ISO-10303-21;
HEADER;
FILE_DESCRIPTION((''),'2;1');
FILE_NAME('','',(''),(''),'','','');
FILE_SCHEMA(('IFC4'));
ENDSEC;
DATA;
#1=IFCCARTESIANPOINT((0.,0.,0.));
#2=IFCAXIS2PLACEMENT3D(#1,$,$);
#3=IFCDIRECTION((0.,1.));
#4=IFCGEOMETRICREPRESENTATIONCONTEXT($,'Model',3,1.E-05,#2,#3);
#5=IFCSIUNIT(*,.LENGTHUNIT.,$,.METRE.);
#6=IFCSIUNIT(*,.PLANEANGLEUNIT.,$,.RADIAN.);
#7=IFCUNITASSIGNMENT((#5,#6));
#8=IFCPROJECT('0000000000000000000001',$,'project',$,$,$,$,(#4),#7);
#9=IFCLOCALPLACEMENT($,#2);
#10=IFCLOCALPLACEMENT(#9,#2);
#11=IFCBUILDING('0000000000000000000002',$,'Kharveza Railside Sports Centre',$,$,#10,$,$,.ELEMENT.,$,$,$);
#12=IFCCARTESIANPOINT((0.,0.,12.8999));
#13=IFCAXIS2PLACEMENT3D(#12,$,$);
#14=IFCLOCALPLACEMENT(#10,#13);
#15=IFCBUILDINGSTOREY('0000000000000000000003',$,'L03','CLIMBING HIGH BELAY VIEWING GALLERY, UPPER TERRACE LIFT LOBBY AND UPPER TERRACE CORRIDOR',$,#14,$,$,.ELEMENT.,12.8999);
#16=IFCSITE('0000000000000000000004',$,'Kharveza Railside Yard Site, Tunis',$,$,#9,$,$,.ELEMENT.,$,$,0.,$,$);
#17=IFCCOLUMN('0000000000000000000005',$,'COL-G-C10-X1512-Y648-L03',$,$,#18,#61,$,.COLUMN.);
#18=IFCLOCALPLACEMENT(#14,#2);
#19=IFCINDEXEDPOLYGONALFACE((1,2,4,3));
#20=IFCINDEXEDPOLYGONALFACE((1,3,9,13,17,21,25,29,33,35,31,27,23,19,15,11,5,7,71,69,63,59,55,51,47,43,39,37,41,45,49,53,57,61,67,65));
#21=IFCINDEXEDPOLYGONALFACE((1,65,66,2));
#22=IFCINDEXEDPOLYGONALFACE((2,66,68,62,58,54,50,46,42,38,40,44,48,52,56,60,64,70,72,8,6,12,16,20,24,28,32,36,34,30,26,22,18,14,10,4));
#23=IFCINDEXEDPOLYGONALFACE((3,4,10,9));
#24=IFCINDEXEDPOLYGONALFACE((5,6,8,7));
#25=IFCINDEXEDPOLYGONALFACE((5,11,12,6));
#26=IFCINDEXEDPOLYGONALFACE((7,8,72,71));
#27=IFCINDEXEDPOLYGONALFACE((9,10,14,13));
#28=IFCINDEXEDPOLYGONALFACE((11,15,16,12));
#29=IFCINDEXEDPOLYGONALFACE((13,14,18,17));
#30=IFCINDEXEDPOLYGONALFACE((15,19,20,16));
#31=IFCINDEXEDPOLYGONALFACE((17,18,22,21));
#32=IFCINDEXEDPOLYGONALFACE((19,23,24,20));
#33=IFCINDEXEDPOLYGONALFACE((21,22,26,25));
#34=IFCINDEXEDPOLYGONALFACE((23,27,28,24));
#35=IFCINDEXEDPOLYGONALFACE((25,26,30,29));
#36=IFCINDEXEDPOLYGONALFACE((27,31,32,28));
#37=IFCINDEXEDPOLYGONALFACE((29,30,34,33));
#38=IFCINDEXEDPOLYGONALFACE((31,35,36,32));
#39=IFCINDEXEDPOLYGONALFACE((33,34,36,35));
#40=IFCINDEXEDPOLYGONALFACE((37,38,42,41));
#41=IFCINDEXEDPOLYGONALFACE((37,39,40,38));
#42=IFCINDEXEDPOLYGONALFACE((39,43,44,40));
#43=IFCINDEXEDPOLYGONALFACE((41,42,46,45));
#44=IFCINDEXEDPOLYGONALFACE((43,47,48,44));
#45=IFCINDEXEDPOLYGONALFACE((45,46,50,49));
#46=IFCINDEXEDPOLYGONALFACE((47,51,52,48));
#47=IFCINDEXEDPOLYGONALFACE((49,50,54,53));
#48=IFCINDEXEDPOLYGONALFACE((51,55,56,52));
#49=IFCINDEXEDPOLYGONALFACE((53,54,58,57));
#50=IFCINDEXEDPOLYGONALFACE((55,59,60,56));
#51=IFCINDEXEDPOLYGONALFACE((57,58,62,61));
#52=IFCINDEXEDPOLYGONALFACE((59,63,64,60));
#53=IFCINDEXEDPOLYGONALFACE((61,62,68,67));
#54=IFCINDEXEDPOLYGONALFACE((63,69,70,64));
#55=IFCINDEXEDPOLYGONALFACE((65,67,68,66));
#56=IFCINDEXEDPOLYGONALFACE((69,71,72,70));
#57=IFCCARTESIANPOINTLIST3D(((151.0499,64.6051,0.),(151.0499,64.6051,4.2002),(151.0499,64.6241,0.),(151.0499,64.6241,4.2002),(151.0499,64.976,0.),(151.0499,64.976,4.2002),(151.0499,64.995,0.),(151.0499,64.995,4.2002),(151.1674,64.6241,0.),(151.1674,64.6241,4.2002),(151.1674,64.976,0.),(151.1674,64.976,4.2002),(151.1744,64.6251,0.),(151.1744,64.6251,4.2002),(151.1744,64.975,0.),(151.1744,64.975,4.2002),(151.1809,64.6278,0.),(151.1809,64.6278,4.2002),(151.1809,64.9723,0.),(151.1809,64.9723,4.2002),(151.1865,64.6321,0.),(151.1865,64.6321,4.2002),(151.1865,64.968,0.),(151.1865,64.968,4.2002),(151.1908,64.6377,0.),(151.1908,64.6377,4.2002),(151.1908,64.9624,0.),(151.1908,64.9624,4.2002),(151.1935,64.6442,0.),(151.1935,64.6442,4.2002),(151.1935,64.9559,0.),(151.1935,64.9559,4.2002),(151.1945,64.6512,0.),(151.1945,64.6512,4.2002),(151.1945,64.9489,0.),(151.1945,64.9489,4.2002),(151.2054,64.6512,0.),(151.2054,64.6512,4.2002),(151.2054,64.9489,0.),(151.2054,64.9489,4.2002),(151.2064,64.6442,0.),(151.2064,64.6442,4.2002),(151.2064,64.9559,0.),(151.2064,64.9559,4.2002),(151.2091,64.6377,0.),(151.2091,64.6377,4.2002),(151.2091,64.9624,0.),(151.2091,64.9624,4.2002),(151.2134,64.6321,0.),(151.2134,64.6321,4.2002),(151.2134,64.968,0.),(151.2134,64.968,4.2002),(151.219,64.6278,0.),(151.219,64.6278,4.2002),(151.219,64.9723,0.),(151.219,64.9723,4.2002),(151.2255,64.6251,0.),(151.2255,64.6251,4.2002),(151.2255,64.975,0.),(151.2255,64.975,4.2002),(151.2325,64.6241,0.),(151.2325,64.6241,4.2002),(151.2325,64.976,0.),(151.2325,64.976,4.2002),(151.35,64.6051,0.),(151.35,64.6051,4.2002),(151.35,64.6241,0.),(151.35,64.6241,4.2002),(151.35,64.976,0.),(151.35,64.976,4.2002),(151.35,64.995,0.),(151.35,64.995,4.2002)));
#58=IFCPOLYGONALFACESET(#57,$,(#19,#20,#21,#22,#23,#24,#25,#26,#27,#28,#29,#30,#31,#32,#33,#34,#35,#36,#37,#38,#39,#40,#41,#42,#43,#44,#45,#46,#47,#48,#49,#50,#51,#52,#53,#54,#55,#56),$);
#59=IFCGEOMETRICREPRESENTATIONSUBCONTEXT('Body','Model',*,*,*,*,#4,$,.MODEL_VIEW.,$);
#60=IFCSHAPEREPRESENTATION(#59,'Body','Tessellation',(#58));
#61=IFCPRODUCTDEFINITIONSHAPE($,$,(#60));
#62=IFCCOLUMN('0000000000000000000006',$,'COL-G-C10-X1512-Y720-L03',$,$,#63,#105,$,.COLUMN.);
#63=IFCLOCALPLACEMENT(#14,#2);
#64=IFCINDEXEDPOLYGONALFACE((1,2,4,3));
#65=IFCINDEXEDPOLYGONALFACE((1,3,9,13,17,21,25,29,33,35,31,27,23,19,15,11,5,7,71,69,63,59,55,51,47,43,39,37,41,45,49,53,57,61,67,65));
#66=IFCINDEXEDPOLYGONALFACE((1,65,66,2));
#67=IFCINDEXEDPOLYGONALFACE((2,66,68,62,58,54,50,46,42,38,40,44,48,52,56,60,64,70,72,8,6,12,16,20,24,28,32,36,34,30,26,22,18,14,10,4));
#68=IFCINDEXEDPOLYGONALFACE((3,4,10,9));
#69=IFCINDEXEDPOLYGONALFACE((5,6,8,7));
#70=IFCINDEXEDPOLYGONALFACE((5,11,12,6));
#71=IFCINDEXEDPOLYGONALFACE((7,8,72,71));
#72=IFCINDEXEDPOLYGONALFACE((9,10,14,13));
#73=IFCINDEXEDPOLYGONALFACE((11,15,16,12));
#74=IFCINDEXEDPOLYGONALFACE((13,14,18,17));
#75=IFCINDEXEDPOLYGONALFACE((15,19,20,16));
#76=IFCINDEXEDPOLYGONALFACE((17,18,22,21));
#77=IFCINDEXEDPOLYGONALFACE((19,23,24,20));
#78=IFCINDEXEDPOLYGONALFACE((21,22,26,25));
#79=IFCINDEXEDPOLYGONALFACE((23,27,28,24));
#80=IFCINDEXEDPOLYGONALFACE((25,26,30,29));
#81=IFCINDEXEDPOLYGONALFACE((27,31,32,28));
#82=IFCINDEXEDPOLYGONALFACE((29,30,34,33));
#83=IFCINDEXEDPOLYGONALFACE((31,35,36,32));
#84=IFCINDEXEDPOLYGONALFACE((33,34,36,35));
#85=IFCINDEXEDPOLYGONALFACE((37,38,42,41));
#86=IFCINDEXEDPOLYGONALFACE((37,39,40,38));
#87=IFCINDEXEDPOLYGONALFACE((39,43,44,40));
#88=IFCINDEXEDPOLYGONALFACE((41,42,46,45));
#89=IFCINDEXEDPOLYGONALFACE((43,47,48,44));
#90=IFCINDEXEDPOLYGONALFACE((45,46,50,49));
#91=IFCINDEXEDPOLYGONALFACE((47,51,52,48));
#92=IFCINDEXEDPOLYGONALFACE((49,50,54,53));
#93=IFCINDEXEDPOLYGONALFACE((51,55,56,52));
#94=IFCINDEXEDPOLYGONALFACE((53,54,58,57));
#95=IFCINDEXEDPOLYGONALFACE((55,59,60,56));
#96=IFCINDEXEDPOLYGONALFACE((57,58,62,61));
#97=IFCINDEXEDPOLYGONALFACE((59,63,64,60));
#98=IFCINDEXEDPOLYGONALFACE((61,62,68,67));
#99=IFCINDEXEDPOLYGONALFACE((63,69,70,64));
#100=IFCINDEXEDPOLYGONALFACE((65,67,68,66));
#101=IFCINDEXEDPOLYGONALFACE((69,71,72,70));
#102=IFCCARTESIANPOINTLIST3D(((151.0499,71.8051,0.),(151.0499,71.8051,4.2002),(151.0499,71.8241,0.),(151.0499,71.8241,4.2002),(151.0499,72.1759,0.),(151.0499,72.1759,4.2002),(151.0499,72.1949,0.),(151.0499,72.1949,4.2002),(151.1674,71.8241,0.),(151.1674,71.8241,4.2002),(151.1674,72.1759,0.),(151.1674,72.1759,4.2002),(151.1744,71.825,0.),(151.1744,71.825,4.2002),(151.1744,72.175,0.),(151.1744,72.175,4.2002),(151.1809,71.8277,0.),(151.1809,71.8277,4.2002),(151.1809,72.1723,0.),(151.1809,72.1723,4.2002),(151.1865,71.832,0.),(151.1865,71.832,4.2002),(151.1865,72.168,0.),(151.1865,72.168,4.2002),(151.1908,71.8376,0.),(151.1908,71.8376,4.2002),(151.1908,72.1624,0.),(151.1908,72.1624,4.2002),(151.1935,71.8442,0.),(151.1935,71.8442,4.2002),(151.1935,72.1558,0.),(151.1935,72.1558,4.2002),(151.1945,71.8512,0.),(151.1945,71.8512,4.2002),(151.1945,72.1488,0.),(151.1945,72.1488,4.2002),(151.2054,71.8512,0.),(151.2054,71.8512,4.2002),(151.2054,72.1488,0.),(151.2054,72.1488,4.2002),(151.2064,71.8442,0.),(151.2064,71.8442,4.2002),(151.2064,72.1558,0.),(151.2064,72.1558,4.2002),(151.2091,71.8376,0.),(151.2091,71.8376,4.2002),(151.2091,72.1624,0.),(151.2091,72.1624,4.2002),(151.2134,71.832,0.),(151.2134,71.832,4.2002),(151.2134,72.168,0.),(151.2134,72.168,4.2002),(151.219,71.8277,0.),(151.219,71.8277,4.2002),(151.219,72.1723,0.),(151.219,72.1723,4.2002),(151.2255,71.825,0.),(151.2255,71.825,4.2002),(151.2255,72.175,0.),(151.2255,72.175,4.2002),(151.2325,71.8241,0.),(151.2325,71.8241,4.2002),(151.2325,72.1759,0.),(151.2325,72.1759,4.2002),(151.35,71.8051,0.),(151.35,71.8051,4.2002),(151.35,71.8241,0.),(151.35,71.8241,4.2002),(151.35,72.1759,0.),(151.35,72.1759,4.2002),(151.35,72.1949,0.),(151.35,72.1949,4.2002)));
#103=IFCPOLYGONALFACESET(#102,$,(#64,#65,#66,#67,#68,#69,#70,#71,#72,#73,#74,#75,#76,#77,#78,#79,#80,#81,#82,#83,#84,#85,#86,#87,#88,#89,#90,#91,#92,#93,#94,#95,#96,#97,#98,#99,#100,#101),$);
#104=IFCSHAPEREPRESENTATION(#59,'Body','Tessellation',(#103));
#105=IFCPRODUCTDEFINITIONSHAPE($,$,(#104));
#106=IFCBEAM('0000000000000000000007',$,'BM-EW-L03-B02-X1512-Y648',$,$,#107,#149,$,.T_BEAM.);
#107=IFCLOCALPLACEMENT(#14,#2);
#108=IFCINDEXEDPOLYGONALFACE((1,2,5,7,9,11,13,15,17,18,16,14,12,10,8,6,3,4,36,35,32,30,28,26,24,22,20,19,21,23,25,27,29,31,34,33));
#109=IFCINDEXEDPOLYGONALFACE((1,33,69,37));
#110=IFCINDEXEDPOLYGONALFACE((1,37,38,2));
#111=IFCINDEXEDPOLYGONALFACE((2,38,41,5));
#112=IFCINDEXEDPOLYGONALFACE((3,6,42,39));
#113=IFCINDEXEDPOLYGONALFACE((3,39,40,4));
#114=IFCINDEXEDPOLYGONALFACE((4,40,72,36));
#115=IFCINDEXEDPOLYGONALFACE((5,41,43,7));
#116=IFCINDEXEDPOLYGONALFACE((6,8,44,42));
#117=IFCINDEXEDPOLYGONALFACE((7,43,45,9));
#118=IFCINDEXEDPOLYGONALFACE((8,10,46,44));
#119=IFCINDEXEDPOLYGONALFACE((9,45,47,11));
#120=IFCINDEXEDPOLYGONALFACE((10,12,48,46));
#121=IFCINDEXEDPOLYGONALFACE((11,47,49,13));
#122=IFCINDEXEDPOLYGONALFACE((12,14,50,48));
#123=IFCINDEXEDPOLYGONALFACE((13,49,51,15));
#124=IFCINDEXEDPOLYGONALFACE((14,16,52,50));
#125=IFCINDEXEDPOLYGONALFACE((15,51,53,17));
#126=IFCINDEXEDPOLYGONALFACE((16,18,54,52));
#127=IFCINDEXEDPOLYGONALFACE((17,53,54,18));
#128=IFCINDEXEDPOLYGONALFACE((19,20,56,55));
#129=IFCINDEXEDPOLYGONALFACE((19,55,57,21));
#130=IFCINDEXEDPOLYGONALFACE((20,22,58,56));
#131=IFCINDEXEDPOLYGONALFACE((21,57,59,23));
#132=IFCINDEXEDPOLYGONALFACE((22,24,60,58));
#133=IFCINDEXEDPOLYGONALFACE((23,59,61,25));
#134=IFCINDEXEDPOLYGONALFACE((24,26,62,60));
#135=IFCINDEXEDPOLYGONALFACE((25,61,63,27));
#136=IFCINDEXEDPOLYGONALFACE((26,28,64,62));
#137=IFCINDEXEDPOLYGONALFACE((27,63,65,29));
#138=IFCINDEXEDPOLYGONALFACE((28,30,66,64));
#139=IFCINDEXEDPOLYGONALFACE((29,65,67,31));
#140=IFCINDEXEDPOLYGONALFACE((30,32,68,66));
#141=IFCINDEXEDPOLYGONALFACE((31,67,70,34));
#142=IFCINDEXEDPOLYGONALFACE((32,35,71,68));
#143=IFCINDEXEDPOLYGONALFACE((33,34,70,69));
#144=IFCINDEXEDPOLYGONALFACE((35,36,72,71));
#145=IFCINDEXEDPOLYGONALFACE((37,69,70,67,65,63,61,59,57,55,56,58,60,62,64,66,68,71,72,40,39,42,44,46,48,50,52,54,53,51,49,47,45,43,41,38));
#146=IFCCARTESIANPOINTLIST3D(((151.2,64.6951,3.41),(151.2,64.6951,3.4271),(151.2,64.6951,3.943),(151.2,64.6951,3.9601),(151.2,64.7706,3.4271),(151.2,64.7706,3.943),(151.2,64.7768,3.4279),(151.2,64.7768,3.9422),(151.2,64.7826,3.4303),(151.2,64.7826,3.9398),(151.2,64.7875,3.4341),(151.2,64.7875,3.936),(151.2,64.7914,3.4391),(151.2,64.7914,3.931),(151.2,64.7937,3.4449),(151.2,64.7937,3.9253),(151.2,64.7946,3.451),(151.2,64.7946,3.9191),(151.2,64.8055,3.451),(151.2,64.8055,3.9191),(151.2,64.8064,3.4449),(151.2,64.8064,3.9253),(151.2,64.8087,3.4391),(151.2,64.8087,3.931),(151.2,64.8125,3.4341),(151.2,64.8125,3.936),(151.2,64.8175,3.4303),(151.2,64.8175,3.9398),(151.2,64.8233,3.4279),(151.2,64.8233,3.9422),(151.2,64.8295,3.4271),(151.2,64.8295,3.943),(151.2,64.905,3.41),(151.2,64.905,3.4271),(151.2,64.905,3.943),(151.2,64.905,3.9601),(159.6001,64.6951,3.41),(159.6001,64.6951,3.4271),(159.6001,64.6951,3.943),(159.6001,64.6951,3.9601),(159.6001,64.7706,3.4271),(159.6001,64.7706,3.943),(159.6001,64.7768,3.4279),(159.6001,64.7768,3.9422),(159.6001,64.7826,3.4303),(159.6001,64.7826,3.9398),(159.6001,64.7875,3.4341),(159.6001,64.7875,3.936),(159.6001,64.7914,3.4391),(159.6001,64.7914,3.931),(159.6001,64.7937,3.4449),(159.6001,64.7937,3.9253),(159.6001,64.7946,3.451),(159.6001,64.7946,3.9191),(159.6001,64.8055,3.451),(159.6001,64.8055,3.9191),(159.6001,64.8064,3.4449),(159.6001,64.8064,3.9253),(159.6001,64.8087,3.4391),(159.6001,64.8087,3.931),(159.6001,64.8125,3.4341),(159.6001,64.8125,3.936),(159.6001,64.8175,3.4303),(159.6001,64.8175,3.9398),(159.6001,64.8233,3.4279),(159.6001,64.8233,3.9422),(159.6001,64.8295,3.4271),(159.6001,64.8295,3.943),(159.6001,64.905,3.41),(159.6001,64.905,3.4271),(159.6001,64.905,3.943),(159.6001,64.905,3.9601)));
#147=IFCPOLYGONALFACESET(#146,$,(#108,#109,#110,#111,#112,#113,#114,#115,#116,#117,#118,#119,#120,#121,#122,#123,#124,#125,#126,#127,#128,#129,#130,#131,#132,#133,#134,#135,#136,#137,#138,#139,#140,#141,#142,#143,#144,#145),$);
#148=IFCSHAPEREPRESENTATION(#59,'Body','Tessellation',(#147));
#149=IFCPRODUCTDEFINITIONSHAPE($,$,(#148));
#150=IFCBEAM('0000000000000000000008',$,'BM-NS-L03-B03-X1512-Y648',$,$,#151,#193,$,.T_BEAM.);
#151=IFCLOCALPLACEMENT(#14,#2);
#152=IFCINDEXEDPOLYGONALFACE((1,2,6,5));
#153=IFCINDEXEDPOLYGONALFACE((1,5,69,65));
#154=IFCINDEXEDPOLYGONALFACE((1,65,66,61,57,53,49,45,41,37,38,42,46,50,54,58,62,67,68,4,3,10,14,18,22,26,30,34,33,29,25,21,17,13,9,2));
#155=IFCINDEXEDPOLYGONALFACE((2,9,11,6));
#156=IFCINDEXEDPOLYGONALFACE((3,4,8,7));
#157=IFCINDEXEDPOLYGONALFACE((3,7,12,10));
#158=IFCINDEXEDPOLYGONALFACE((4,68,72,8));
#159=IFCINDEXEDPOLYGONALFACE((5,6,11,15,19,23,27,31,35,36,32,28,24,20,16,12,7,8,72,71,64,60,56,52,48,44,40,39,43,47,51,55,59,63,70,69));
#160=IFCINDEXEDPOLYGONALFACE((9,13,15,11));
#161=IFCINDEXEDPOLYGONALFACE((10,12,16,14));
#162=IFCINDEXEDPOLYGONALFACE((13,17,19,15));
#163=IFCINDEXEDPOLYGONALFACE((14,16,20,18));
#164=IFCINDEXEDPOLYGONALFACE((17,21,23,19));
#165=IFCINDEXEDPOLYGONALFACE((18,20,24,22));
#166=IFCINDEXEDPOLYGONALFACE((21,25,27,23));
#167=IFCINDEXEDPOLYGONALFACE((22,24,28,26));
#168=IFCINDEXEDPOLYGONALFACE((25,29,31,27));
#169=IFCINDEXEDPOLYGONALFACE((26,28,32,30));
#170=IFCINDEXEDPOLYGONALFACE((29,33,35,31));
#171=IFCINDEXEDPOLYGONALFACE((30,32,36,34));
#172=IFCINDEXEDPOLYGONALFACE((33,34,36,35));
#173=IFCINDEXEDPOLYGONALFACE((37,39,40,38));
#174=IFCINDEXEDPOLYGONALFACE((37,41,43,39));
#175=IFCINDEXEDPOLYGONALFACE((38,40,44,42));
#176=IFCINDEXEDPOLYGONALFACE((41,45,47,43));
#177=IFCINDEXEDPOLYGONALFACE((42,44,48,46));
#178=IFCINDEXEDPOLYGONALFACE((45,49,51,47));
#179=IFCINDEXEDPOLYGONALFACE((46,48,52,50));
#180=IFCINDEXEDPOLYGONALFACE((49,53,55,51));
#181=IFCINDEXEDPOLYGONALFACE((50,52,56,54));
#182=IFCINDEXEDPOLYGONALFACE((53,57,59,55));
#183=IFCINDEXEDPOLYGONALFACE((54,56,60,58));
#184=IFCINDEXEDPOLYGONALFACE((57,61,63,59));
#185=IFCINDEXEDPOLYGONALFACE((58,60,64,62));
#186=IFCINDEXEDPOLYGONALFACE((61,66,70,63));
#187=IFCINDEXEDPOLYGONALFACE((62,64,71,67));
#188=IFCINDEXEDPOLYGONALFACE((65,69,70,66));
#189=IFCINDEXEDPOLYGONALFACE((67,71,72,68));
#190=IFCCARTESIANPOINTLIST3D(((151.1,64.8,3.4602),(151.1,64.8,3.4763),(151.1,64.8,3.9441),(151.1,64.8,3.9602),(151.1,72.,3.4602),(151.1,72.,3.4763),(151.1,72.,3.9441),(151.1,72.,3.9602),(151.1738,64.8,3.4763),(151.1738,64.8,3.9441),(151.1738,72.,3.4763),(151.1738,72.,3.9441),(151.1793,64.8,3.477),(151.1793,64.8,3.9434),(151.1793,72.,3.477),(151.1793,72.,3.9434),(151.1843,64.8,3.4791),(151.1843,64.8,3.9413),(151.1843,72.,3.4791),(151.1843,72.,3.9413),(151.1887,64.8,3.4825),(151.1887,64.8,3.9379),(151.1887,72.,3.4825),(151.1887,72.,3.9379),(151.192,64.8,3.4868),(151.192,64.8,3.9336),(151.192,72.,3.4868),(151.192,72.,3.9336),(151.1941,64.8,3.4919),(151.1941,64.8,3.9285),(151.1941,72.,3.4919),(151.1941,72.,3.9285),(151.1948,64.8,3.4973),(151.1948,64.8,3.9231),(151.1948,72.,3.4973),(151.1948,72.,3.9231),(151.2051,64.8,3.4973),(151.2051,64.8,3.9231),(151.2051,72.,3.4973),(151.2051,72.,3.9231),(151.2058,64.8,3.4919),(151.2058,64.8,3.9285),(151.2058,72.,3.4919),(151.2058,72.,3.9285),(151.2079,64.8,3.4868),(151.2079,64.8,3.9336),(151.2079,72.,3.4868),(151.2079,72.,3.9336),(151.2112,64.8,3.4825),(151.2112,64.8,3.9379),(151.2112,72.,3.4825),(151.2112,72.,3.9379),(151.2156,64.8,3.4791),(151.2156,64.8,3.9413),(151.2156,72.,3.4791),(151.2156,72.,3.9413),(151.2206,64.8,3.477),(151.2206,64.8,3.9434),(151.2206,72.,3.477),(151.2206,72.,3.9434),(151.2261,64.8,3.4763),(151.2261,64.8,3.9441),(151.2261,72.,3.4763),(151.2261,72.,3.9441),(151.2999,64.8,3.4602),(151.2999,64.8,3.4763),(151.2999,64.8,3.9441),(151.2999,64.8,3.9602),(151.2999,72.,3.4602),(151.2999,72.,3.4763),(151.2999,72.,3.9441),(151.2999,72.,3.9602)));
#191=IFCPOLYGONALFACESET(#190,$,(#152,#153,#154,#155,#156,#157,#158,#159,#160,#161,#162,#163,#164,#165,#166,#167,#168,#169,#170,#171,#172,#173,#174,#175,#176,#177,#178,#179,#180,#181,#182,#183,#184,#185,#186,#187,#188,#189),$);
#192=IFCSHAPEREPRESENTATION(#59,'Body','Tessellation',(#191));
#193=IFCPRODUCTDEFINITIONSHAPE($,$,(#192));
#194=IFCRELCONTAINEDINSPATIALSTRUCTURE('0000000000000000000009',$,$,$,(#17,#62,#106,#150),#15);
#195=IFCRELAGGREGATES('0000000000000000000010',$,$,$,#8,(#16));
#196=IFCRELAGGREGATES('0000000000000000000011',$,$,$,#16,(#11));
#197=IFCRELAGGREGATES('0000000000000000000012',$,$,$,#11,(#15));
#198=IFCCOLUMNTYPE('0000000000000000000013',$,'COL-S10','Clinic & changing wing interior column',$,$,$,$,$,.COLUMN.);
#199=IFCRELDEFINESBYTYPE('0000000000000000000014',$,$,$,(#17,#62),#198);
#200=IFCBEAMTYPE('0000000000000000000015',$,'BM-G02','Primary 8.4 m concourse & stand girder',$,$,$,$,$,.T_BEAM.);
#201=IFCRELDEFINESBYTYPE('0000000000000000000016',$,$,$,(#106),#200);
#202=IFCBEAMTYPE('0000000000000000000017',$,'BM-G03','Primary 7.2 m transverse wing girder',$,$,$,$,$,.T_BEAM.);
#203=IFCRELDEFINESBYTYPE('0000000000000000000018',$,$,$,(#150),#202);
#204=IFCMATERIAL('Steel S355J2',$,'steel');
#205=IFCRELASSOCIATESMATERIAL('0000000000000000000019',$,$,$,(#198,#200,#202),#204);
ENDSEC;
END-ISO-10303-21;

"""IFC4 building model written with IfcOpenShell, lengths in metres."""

from ifc_helpers import new_model, si_unit, direction, frame, origin, origin_2d, place, context, subcontext, project, spatial, i_section, extrude, material, material_profile, profile_set, type_object, element, save


model = new_model("IFC4")

# Units and contexts
model_context = context("Model", 3, precision=1e-05, world=origin(), true_north=direction((0.0, 1.0)))
body_context = subcontext(model_context, "Body", "Model", "MODEL_VIEW")
ifc_project = project(units=[si_unit("LENGTHUNIT", "METRE"), si_unit("PLANEANGLEUNIT", "RADIAN")], contexts=[model_context])

# Site, building, storey
site_placement = place(None, origin())
site = spatial("IfcSite", under=ifc_project, at=site_placement, Name="Kharveza Railside Yard Site, Tunis", CompositionType="ELEMENT", RefElevation=0.0)
building_placement = place(site_placement, origin())
building = spatial("IfcBuilding", under=site, at=building_placement, Name="Kharveza Railside Sports Centre", CompositionType="ELEMENT")
storey_placement = place(building_placement, frame((0.0, 0.0, 12.8999)))
storey = spatial("IfcBuildingStorey", under=building, at=storey_placement, Name="L03", Description="CLIMBING HIGH BELAY VIEWING GALLERY, UPPER TERRACE LIFT LOBBY AND UPPER TERRACE CORRIDOR", CompositionType="ELEMENT", Elevation=12.8999)

# Columns
ifc_material_1 = material(Name="Steel S355J2", Category="steel")
ifc_material_profile_1 = material_profile(ifc_material_1, i_section(OverallWidth=0.3, OverallDepth=0.3899, WebThickness=0.011, FlangeThickness=0.019, FilletRadius=0.0271, at=origin_2d()), Name="HEA 400")
ifc_profile_set_1 = profile_set([ifc_material_profile_1], Name="Steel S355J2")
column_type = type_object("IfcColumnType", Name="COL-S10", Description="Clinic & changing wing interior column", PredefinedType="COLUMN", material=ifc_profile_set_1)
for number, where, z_axis, x_axis, name in (
    (1, (151.2, 64.8, 0.0), (0.0, 0.0, 1.0), (1.0, 0.0, 0.0), "COL-G-C10-X1512-Y648-L03"),
    (2, (151.2, 72.0, 0.0), (0.0, 0.0, 1.0), (1.0, 0.0, 0.0), "COL-G-C10-X1512-Y720-L03"),
):
    element("IfcColumn", number, at=place(storey_placement, frame(where, z_axis=z_axis, x_axis=x_axis)), inside=storey, type_object=column_type, Name=name, PredefinedType="COLUMN", context=body_context, shape_type="SweptSolid", body=[
        extrude(i_section(OverallWidth=0.3, OverallDepth=0.3899, WebThickness=0.011, FlangeThickness=0.019, FilletRadius=0.0271, at=origin_2d()), origin(), (0.0, 0.0, 1.0), 4.2002),
    ])

# Beams
ifc_material_profile_2 = material_profile(ifc_material_1, i_section(OverallWidth=0.21, OverallDepth=0.55, WebThickness=0.011, FlangeThickness=0.0171, FilletRadius=0.0239, at=origin_2d()), Name="IPE 550")
ifc_profile_set_2 = profile_set([ifc_material_profile_2], Name="Steel S355J2")
beam_type_1 = type_object("IfcBeamType", Name="BM-G02", Description="Primary 8.4 m concourse & stand girder", PredefinedType="T_BEAM", material=ifc_profile_set_2)
beam_1_placement = place(storey_placement, frame((151.2, 64.8, 3.6851), z_axis=(1.0, 0.0, 0.0), x_axis=(0.0, 1.0, 0.0)))
element("IfcBeam", 3, at=beam_1_placement, inside=storey, type_object=beam_type_1, Name="BM-EW-L03-B02-X1512-Y648", PredefinedType="T_BEAM", context=body_context, shape_type="SweptSolid", body=[
    extrude(i_section(OverallWidth=0.21, OverallDepth=0.55, WebThickness=0.011, FlangeThickness=0.0171, FilletRadius=0.0239, at=origin_2d()), origin(), (0.0, 0.0, 1.0), 8.4001),
])
ifc_material_profile_3 = material_profile(ifc_material_1, i_section(OverallWidth=0.2, OverallDepth=0.5, WebThickness=0.0103, FlangeThickness=0.0161, FilletRadius=0.021, at=origin_2d()), Name="IPE 500")
ifc_profile_set_3 = profile_set([ifc_material_profile_3], Name="Steel S355J2")
beam_type_2 = type_object("IfcBeamType", Name="BM-G03", Description="Primary 7.2 m transverse wing girder", PredefinedType="T_BEAM", material=ifc_profile_set_3)
for number, where, z_axis, x_axis, name in (
    (4, (151.2, 64.8, 3.7102), (0.0, 1.0, 0.0), (-1.0, 0.0, 0.0), "BM-NS-L03-B03-X1512-Y648"),
):
    element("IfcBeam", number, at=place(storey_placement, frame(where, z_axis=z_axis, x_axis=x_axis)), inside=storey, type_object=beam_type_2, Name=name, PredefinedType="T_BEAM", context=body_context, shape_type="SweptSolid", body=[
        extrude(i_section(OverallWidth=0.2, OverallDepth=0.5, WebThickness=0.0103, FlangeThickness=0.0161, FilletRadius=0.021, at=origin_2d()), origin(), (0.0, 0.0, 1.0), 7.2),
    ])

save(model, "model.ifc")
